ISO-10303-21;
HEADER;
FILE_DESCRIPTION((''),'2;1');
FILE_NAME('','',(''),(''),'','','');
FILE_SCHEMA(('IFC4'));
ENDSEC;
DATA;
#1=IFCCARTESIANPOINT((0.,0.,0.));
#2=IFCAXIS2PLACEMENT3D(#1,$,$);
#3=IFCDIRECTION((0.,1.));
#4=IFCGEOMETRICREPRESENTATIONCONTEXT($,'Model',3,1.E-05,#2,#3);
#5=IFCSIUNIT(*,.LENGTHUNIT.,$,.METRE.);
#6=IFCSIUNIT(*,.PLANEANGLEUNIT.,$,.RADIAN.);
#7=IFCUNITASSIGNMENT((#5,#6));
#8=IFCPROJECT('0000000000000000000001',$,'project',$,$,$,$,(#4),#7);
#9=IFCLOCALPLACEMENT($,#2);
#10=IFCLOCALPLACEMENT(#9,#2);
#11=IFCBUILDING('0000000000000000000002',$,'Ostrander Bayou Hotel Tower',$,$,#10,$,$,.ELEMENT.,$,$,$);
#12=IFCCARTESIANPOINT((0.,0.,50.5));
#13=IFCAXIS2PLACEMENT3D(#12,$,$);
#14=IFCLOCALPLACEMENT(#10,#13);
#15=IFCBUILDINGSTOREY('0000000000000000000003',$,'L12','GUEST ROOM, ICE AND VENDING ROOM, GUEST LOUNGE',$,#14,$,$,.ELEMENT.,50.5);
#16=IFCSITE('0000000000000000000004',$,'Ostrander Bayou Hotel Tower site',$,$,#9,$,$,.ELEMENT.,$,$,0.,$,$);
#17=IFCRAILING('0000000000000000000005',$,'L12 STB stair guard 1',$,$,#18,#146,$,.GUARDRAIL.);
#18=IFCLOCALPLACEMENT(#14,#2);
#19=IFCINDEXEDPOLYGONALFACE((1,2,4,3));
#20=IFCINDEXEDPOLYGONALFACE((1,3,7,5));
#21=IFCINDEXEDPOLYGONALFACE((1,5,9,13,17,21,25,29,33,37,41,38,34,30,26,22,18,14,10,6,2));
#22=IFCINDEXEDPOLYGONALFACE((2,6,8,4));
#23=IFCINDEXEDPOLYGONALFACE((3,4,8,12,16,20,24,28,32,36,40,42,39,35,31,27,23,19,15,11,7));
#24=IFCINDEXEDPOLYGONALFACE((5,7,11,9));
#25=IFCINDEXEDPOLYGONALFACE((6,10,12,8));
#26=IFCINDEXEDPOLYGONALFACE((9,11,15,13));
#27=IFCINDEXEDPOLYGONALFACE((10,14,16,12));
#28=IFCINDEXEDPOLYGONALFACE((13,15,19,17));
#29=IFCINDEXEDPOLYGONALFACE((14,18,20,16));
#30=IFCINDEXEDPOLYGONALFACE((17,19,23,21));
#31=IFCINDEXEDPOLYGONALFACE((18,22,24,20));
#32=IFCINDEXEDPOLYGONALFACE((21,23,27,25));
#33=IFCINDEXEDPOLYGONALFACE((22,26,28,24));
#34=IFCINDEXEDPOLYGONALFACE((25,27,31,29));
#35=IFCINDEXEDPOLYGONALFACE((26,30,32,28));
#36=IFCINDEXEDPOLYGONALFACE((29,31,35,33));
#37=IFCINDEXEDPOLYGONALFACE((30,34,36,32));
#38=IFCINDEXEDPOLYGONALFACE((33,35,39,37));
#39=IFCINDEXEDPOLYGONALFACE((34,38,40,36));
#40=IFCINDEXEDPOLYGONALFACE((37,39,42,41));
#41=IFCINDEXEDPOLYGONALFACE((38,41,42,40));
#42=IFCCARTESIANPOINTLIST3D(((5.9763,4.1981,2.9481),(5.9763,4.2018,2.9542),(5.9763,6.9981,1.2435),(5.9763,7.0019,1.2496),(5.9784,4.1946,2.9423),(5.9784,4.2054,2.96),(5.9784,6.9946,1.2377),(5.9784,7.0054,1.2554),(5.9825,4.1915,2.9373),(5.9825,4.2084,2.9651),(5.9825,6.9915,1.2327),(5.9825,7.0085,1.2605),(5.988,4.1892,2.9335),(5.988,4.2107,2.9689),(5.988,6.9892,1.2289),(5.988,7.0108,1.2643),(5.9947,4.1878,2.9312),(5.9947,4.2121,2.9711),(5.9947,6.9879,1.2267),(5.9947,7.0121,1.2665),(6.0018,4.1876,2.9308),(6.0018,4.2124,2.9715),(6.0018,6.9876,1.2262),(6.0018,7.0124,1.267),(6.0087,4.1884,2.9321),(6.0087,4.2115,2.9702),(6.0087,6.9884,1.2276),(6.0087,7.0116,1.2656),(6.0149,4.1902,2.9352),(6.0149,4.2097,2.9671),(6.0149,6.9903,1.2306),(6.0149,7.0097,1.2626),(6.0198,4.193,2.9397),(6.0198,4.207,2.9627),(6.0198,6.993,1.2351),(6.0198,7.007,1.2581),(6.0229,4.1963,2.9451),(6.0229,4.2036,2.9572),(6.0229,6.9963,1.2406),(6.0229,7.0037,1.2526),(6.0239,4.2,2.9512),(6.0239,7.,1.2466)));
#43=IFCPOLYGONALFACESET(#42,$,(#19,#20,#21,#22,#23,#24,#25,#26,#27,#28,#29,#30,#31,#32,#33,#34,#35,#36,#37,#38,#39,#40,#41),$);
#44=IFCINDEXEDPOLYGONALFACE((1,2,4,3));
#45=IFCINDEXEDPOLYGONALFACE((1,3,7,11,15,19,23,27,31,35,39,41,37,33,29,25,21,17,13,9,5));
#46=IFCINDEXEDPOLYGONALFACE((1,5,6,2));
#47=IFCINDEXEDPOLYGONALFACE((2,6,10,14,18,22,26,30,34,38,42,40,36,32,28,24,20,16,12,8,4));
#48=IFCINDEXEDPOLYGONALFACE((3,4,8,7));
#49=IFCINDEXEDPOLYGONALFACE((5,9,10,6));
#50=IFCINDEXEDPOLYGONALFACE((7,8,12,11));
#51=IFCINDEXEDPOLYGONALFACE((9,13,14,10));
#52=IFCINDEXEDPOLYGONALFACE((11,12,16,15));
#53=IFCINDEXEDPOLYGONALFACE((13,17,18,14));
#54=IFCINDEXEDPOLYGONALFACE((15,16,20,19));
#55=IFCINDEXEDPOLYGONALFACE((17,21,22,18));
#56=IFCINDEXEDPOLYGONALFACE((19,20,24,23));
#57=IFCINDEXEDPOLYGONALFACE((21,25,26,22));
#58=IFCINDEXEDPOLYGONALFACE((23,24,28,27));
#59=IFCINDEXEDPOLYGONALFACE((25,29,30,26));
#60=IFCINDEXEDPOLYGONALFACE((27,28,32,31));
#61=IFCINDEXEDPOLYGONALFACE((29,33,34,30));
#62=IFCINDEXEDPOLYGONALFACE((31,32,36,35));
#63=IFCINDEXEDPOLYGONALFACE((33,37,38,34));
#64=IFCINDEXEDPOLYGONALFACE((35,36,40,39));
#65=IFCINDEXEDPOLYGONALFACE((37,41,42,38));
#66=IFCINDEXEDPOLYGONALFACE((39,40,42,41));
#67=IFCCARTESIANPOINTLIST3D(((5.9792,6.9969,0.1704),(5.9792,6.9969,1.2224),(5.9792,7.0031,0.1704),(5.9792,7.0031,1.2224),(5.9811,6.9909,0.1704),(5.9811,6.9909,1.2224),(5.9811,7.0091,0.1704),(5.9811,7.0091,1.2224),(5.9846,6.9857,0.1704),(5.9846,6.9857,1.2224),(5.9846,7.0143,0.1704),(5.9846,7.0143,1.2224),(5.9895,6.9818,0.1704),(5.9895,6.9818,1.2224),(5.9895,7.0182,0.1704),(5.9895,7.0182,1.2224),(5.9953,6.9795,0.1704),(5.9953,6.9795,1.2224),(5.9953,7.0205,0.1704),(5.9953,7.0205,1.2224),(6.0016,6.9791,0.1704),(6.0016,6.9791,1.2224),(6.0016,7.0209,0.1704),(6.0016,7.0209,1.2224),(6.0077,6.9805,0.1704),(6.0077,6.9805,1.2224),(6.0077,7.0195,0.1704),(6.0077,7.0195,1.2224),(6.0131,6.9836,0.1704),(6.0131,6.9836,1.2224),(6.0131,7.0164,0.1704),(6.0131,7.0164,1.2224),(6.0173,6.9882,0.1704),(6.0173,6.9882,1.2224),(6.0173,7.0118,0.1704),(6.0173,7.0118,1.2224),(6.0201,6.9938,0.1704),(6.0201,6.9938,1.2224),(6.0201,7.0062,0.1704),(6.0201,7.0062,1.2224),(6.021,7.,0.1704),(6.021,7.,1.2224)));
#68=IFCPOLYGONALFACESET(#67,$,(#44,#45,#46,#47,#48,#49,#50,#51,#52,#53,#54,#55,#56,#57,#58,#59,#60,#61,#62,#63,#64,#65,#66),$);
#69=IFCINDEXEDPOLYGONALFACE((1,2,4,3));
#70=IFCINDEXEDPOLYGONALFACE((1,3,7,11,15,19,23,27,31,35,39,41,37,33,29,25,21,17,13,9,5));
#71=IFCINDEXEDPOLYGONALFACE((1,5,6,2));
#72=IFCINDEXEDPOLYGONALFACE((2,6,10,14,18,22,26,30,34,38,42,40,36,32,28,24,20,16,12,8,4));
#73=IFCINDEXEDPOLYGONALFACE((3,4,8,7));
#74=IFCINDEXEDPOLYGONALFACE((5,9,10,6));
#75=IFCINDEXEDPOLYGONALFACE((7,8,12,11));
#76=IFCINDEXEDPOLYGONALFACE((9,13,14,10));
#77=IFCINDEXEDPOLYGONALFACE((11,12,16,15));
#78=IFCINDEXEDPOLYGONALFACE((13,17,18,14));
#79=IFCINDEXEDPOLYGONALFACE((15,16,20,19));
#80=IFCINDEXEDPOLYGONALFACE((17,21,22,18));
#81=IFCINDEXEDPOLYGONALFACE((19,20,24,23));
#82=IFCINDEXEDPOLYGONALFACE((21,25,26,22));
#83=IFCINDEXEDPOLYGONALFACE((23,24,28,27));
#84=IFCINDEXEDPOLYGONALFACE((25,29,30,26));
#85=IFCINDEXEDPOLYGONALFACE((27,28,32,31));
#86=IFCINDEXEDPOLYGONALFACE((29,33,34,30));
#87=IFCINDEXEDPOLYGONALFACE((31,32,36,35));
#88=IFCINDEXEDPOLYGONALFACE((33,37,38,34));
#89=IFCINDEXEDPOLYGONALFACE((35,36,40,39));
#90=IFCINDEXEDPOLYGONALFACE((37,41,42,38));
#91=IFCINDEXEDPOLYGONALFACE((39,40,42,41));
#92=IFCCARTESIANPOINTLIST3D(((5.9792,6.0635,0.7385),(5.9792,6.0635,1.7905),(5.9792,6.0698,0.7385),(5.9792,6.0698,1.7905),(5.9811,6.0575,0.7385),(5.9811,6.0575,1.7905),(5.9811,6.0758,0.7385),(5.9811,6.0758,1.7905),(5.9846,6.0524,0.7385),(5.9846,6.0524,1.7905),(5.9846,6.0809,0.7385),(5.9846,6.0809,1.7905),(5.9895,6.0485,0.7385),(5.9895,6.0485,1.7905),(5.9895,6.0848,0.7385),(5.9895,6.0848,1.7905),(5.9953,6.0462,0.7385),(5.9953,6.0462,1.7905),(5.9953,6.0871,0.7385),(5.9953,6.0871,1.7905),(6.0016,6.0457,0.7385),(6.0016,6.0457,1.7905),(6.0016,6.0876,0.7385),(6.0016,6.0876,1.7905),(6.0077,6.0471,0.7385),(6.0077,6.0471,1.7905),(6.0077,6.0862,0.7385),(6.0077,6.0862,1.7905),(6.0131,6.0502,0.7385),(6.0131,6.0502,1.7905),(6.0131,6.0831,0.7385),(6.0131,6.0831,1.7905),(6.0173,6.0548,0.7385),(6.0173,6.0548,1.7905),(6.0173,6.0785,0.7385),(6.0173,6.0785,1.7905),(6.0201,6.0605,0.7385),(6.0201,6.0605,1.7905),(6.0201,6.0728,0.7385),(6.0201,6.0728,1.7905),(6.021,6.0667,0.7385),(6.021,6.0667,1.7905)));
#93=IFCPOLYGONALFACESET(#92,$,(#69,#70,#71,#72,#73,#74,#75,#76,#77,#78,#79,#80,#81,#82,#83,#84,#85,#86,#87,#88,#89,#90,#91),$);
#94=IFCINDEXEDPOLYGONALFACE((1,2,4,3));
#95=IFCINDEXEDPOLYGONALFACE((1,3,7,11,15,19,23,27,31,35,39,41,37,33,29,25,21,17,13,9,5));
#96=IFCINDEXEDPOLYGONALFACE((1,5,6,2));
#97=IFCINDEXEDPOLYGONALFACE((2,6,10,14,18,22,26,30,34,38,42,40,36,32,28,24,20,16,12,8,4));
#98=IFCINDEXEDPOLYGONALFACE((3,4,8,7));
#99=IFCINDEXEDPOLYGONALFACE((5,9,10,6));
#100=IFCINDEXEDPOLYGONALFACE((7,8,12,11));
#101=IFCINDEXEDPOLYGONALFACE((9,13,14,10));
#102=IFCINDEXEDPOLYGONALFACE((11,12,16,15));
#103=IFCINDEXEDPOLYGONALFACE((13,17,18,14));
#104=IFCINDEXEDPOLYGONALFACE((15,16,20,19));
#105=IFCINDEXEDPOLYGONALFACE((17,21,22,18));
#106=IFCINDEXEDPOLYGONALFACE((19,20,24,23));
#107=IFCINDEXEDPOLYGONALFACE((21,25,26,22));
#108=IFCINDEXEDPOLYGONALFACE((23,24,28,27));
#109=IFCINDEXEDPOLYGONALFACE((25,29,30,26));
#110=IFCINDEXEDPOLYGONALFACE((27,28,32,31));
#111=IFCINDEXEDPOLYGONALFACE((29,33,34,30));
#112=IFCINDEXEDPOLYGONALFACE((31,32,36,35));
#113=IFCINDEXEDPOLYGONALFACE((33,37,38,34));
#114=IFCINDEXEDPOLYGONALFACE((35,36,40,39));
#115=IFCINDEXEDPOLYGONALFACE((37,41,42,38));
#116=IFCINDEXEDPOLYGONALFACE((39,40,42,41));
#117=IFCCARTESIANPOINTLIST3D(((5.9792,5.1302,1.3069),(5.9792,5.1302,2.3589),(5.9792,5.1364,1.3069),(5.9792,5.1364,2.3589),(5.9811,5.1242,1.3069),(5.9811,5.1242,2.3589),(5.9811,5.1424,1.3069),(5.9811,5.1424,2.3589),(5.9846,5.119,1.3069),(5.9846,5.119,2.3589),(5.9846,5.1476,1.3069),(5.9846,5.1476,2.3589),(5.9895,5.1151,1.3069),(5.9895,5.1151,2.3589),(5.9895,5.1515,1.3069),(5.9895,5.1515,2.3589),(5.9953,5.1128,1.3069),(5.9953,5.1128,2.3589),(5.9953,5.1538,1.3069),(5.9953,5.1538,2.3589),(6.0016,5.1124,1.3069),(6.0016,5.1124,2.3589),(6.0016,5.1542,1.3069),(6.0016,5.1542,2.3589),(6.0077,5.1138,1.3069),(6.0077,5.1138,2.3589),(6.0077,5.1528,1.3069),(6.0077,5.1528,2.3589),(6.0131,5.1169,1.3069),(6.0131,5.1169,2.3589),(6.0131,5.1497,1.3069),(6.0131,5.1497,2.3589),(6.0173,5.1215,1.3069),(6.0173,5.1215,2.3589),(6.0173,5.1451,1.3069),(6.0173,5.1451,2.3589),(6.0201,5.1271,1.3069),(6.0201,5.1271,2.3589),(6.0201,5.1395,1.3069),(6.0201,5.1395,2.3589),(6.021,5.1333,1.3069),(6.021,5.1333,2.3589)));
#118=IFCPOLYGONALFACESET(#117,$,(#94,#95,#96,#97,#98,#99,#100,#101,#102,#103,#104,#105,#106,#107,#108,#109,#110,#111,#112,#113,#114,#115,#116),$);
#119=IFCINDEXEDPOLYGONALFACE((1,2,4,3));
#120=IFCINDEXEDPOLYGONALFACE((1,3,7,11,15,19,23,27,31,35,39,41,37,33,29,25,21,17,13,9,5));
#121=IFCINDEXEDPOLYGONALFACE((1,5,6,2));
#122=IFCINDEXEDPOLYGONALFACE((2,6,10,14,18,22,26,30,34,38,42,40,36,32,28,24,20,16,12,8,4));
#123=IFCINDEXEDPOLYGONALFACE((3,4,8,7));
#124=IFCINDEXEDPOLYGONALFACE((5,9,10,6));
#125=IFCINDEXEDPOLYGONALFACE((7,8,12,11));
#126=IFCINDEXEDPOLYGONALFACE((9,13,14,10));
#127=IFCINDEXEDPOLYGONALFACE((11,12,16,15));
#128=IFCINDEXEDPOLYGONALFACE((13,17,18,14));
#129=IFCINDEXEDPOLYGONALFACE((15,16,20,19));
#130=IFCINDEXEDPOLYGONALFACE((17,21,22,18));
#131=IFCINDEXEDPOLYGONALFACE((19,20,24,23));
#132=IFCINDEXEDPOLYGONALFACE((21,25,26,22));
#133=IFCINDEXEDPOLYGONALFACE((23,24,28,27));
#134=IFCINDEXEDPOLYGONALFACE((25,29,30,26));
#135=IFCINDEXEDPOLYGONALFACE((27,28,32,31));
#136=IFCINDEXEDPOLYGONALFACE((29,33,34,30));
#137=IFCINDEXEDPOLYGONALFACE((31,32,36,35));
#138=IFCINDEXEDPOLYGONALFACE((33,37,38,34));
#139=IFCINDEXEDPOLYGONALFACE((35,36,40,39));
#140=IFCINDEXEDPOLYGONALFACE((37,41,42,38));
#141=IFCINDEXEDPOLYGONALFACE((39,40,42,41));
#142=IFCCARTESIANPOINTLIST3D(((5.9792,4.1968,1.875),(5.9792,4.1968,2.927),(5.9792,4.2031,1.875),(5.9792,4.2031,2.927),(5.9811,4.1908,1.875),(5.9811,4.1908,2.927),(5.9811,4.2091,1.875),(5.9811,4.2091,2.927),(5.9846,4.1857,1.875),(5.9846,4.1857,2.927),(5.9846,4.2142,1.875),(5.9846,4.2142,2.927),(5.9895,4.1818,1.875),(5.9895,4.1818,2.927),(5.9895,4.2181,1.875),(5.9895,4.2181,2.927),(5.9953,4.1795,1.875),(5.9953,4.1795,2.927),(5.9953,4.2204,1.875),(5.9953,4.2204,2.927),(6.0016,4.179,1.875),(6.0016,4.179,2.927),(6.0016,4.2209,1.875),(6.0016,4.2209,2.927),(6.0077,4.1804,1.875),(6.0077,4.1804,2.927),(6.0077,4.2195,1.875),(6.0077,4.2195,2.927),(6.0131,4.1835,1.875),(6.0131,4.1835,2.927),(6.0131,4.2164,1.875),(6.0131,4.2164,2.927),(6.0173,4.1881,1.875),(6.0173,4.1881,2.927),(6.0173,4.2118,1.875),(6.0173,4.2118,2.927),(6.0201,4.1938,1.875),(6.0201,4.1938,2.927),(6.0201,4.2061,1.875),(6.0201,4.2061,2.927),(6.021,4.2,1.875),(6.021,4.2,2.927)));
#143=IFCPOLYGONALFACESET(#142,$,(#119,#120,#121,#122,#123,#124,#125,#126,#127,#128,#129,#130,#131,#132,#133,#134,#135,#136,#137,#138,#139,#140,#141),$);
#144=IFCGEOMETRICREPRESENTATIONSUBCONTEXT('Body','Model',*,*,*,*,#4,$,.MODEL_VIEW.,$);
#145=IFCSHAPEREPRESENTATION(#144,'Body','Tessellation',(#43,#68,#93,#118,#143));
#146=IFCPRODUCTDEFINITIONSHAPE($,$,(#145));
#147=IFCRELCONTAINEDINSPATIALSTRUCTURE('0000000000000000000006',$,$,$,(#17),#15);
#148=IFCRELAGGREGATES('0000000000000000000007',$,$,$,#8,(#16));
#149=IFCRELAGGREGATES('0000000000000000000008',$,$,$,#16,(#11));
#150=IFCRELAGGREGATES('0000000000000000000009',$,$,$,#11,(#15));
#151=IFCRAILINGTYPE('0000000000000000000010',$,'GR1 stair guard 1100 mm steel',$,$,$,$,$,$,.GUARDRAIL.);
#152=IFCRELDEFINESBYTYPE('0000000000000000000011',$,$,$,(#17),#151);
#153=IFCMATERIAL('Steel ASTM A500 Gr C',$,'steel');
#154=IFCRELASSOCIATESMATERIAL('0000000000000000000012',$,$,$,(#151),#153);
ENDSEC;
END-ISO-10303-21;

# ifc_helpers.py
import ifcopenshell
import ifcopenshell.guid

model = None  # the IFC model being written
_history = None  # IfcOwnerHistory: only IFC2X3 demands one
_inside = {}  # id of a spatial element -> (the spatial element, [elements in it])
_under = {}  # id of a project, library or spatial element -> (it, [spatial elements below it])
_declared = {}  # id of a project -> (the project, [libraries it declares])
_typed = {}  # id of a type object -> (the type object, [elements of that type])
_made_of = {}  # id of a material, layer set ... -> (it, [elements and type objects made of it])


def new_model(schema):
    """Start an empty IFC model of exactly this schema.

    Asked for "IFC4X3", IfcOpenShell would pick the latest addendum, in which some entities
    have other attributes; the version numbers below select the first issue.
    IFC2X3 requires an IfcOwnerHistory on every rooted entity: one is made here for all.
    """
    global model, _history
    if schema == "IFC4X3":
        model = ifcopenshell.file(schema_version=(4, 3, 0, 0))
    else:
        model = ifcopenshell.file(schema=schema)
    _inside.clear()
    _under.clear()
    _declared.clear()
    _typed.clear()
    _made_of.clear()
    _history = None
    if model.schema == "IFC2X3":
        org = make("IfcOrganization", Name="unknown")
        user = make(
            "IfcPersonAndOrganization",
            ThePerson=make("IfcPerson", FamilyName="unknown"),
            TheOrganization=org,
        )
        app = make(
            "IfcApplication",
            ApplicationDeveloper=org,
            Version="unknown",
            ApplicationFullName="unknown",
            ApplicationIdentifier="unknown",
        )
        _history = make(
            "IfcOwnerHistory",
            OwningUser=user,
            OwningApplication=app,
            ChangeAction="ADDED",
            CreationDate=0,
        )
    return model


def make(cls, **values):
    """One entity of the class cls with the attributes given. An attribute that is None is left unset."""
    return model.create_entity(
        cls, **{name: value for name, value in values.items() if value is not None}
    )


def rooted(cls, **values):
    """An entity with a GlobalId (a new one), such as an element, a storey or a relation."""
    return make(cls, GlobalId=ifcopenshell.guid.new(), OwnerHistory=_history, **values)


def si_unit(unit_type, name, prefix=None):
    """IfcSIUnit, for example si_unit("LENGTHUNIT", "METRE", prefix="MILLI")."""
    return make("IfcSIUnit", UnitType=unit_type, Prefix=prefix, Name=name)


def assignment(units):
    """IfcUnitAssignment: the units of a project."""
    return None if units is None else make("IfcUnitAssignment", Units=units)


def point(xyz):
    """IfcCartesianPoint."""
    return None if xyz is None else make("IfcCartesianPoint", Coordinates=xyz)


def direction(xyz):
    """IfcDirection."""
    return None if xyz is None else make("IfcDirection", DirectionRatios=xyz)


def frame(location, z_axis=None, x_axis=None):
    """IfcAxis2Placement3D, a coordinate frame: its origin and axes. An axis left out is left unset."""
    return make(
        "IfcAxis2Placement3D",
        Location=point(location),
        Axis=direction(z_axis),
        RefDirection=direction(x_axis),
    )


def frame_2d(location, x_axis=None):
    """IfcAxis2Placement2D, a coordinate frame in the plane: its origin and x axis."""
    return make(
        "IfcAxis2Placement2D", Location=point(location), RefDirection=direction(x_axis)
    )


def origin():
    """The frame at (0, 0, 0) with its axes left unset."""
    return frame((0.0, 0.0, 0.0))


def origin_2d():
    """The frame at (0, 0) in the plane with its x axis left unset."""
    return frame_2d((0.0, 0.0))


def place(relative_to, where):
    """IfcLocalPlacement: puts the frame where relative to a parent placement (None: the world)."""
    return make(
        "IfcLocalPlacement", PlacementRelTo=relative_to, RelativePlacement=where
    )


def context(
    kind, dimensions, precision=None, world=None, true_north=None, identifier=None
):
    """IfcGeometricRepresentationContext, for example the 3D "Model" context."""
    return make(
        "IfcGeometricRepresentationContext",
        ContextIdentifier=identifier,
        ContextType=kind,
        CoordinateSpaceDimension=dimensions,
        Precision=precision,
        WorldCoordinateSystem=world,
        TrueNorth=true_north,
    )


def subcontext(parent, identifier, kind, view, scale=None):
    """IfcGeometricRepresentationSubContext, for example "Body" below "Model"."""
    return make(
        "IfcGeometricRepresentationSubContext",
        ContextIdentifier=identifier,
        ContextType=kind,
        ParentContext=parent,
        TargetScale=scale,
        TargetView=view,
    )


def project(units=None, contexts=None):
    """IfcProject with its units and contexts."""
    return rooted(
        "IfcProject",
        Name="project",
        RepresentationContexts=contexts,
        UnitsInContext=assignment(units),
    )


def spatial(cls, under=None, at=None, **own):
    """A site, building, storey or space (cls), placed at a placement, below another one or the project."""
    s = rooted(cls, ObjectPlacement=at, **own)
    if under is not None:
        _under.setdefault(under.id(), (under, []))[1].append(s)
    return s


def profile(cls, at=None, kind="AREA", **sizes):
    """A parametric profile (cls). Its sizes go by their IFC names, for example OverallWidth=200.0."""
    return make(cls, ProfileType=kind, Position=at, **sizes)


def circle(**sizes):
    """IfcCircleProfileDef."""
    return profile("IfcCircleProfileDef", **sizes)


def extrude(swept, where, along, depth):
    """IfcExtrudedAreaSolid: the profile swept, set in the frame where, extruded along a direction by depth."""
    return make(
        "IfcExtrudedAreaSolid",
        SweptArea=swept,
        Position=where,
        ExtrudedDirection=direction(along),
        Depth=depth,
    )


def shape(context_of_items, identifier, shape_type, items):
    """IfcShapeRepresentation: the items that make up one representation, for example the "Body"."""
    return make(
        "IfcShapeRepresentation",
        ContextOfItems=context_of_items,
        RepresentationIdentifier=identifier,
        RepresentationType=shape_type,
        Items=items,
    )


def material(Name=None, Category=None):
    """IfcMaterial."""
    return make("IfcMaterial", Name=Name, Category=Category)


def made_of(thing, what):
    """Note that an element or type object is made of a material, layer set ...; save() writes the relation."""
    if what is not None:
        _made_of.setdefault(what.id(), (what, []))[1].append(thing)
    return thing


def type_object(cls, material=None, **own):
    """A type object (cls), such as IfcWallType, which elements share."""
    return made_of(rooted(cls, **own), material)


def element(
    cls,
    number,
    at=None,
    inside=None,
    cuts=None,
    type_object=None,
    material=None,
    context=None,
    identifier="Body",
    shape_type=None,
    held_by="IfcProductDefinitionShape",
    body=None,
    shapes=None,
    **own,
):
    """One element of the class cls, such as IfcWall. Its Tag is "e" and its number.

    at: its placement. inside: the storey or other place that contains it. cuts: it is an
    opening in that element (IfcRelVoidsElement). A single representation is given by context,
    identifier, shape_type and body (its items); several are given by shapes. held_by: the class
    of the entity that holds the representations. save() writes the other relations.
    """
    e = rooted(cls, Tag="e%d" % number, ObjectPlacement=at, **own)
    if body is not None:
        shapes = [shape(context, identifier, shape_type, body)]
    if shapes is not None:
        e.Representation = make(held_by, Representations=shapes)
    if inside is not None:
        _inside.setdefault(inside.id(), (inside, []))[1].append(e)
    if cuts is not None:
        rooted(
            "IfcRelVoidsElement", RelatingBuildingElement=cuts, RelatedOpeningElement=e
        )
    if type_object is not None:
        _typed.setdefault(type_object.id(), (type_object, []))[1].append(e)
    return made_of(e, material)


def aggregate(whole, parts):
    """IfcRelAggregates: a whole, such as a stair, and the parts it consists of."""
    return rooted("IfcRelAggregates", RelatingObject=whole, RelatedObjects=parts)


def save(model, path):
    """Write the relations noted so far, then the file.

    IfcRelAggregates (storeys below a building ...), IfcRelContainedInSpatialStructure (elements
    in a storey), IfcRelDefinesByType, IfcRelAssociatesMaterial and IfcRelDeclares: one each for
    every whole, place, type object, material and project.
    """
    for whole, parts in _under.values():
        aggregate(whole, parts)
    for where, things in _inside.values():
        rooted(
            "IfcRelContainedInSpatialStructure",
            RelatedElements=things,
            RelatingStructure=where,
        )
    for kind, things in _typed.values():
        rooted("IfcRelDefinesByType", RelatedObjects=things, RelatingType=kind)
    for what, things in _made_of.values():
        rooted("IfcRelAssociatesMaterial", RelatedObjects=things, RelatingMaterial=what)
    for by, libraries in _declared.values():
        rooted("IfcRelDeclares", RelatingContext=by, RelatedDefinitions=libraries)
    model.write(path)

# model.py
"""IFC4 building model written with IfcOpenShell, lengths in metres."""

from ifc_helpers import new_model, si_unit, direction, frame, origin, origin_2d, place, context, subcontext, project, spatial, circle, extrude, material, type_object, element, save


model = new_model("IFC4")

# Units and contexts
model_context = context("Model", 3, precision=1e-05, world=origin(), true_north=direction((0.0, 1.0)))
body_context = subcontext(model_context, "Body", "Model", "MODEL_VIEW")
ifc_project = project(units=[si_unit("LENGTHUNIT", "METRE"), si_unit("PLANEANGLEUNIT", "RADIAN")], contexts=[model_context])

# Site, building, storey
site_placement = place(None, origin())
site = spatial("IfcSite", under=ifc_project, at=site_placement, Name="Ostrander Bayou Hotel Tower site", CompositionType="ELEMENT", RefElevation=0.0)
building_placement = place(site_placement, origin())
building = spatial("IfcBuilding", under=site, at=building_placement, Name="Ostrander Bayou Hotel Tower", CompositionType="ELEMENT")
storey_placement = place(building_placement, frame((0.0, 0.0, 50.5)))
storey = spatial("IfcBuildingStorey", under=building, at=storey_placement, Name="L12", Description="GUEST ROOM, ICE AND VENDING ROOM, GUEST LOUNGE", CompositionType="ELEMENT", Elevation=50.5)

# Railing
ifc_material_1 = material(Name="Steel ASTM A500 Gr C", Category="steel")
railing_type_1 = type_object("IfcRailingType", Name="GR1 stair guard 1100 mm steel", PredefinedType="GUARDRAIL", material=ifc_material_1)
railing_1_placement = place(storey_placement, frame((6.0, 7.0, 0.1704)))
element("IfcRailing", 1, at=railing_1_placement, inside=storey, type_object=railing_type_1, Name="L12 STB stair guard 1", PredefinedType="GUARDRAIL", context=body_context, shape_type="SweptSolid", body=[
    extrude(circle(Radius=0.0239, at=origin_2d()), frame((0.0, 0.0, 1.0762), z_axis=(0.0, -0.85417, 0.519994), x_axis=(1.0, 0.0, 0.0)), (0.0, 0.0, 1.0), 3.2781),
    extrude(circle(Radius=0.021, at=origin_2d()), origin(), (0.0, 0.0, 1.0), 1.052),
    extrude(circle(Radius=0.021, at=origin_2d()), frame((0.0, -0.9333, 0.5681)), (0.0, 0.0, 1.0), 1.052),
    extrude(circle(Radius=0.021, at=origin_2d()), frame((0.0, -1.8667, 1.1365)), (0.0, 0.0, 1.0), 1.052),
    extrude(circle(Radius=0.021, at=origin_2d()), frame((0.0, -2.8, 1.7046)), (0.0, 0.0, 1.0), 1.052),
])

save(model, "model.ifc")
